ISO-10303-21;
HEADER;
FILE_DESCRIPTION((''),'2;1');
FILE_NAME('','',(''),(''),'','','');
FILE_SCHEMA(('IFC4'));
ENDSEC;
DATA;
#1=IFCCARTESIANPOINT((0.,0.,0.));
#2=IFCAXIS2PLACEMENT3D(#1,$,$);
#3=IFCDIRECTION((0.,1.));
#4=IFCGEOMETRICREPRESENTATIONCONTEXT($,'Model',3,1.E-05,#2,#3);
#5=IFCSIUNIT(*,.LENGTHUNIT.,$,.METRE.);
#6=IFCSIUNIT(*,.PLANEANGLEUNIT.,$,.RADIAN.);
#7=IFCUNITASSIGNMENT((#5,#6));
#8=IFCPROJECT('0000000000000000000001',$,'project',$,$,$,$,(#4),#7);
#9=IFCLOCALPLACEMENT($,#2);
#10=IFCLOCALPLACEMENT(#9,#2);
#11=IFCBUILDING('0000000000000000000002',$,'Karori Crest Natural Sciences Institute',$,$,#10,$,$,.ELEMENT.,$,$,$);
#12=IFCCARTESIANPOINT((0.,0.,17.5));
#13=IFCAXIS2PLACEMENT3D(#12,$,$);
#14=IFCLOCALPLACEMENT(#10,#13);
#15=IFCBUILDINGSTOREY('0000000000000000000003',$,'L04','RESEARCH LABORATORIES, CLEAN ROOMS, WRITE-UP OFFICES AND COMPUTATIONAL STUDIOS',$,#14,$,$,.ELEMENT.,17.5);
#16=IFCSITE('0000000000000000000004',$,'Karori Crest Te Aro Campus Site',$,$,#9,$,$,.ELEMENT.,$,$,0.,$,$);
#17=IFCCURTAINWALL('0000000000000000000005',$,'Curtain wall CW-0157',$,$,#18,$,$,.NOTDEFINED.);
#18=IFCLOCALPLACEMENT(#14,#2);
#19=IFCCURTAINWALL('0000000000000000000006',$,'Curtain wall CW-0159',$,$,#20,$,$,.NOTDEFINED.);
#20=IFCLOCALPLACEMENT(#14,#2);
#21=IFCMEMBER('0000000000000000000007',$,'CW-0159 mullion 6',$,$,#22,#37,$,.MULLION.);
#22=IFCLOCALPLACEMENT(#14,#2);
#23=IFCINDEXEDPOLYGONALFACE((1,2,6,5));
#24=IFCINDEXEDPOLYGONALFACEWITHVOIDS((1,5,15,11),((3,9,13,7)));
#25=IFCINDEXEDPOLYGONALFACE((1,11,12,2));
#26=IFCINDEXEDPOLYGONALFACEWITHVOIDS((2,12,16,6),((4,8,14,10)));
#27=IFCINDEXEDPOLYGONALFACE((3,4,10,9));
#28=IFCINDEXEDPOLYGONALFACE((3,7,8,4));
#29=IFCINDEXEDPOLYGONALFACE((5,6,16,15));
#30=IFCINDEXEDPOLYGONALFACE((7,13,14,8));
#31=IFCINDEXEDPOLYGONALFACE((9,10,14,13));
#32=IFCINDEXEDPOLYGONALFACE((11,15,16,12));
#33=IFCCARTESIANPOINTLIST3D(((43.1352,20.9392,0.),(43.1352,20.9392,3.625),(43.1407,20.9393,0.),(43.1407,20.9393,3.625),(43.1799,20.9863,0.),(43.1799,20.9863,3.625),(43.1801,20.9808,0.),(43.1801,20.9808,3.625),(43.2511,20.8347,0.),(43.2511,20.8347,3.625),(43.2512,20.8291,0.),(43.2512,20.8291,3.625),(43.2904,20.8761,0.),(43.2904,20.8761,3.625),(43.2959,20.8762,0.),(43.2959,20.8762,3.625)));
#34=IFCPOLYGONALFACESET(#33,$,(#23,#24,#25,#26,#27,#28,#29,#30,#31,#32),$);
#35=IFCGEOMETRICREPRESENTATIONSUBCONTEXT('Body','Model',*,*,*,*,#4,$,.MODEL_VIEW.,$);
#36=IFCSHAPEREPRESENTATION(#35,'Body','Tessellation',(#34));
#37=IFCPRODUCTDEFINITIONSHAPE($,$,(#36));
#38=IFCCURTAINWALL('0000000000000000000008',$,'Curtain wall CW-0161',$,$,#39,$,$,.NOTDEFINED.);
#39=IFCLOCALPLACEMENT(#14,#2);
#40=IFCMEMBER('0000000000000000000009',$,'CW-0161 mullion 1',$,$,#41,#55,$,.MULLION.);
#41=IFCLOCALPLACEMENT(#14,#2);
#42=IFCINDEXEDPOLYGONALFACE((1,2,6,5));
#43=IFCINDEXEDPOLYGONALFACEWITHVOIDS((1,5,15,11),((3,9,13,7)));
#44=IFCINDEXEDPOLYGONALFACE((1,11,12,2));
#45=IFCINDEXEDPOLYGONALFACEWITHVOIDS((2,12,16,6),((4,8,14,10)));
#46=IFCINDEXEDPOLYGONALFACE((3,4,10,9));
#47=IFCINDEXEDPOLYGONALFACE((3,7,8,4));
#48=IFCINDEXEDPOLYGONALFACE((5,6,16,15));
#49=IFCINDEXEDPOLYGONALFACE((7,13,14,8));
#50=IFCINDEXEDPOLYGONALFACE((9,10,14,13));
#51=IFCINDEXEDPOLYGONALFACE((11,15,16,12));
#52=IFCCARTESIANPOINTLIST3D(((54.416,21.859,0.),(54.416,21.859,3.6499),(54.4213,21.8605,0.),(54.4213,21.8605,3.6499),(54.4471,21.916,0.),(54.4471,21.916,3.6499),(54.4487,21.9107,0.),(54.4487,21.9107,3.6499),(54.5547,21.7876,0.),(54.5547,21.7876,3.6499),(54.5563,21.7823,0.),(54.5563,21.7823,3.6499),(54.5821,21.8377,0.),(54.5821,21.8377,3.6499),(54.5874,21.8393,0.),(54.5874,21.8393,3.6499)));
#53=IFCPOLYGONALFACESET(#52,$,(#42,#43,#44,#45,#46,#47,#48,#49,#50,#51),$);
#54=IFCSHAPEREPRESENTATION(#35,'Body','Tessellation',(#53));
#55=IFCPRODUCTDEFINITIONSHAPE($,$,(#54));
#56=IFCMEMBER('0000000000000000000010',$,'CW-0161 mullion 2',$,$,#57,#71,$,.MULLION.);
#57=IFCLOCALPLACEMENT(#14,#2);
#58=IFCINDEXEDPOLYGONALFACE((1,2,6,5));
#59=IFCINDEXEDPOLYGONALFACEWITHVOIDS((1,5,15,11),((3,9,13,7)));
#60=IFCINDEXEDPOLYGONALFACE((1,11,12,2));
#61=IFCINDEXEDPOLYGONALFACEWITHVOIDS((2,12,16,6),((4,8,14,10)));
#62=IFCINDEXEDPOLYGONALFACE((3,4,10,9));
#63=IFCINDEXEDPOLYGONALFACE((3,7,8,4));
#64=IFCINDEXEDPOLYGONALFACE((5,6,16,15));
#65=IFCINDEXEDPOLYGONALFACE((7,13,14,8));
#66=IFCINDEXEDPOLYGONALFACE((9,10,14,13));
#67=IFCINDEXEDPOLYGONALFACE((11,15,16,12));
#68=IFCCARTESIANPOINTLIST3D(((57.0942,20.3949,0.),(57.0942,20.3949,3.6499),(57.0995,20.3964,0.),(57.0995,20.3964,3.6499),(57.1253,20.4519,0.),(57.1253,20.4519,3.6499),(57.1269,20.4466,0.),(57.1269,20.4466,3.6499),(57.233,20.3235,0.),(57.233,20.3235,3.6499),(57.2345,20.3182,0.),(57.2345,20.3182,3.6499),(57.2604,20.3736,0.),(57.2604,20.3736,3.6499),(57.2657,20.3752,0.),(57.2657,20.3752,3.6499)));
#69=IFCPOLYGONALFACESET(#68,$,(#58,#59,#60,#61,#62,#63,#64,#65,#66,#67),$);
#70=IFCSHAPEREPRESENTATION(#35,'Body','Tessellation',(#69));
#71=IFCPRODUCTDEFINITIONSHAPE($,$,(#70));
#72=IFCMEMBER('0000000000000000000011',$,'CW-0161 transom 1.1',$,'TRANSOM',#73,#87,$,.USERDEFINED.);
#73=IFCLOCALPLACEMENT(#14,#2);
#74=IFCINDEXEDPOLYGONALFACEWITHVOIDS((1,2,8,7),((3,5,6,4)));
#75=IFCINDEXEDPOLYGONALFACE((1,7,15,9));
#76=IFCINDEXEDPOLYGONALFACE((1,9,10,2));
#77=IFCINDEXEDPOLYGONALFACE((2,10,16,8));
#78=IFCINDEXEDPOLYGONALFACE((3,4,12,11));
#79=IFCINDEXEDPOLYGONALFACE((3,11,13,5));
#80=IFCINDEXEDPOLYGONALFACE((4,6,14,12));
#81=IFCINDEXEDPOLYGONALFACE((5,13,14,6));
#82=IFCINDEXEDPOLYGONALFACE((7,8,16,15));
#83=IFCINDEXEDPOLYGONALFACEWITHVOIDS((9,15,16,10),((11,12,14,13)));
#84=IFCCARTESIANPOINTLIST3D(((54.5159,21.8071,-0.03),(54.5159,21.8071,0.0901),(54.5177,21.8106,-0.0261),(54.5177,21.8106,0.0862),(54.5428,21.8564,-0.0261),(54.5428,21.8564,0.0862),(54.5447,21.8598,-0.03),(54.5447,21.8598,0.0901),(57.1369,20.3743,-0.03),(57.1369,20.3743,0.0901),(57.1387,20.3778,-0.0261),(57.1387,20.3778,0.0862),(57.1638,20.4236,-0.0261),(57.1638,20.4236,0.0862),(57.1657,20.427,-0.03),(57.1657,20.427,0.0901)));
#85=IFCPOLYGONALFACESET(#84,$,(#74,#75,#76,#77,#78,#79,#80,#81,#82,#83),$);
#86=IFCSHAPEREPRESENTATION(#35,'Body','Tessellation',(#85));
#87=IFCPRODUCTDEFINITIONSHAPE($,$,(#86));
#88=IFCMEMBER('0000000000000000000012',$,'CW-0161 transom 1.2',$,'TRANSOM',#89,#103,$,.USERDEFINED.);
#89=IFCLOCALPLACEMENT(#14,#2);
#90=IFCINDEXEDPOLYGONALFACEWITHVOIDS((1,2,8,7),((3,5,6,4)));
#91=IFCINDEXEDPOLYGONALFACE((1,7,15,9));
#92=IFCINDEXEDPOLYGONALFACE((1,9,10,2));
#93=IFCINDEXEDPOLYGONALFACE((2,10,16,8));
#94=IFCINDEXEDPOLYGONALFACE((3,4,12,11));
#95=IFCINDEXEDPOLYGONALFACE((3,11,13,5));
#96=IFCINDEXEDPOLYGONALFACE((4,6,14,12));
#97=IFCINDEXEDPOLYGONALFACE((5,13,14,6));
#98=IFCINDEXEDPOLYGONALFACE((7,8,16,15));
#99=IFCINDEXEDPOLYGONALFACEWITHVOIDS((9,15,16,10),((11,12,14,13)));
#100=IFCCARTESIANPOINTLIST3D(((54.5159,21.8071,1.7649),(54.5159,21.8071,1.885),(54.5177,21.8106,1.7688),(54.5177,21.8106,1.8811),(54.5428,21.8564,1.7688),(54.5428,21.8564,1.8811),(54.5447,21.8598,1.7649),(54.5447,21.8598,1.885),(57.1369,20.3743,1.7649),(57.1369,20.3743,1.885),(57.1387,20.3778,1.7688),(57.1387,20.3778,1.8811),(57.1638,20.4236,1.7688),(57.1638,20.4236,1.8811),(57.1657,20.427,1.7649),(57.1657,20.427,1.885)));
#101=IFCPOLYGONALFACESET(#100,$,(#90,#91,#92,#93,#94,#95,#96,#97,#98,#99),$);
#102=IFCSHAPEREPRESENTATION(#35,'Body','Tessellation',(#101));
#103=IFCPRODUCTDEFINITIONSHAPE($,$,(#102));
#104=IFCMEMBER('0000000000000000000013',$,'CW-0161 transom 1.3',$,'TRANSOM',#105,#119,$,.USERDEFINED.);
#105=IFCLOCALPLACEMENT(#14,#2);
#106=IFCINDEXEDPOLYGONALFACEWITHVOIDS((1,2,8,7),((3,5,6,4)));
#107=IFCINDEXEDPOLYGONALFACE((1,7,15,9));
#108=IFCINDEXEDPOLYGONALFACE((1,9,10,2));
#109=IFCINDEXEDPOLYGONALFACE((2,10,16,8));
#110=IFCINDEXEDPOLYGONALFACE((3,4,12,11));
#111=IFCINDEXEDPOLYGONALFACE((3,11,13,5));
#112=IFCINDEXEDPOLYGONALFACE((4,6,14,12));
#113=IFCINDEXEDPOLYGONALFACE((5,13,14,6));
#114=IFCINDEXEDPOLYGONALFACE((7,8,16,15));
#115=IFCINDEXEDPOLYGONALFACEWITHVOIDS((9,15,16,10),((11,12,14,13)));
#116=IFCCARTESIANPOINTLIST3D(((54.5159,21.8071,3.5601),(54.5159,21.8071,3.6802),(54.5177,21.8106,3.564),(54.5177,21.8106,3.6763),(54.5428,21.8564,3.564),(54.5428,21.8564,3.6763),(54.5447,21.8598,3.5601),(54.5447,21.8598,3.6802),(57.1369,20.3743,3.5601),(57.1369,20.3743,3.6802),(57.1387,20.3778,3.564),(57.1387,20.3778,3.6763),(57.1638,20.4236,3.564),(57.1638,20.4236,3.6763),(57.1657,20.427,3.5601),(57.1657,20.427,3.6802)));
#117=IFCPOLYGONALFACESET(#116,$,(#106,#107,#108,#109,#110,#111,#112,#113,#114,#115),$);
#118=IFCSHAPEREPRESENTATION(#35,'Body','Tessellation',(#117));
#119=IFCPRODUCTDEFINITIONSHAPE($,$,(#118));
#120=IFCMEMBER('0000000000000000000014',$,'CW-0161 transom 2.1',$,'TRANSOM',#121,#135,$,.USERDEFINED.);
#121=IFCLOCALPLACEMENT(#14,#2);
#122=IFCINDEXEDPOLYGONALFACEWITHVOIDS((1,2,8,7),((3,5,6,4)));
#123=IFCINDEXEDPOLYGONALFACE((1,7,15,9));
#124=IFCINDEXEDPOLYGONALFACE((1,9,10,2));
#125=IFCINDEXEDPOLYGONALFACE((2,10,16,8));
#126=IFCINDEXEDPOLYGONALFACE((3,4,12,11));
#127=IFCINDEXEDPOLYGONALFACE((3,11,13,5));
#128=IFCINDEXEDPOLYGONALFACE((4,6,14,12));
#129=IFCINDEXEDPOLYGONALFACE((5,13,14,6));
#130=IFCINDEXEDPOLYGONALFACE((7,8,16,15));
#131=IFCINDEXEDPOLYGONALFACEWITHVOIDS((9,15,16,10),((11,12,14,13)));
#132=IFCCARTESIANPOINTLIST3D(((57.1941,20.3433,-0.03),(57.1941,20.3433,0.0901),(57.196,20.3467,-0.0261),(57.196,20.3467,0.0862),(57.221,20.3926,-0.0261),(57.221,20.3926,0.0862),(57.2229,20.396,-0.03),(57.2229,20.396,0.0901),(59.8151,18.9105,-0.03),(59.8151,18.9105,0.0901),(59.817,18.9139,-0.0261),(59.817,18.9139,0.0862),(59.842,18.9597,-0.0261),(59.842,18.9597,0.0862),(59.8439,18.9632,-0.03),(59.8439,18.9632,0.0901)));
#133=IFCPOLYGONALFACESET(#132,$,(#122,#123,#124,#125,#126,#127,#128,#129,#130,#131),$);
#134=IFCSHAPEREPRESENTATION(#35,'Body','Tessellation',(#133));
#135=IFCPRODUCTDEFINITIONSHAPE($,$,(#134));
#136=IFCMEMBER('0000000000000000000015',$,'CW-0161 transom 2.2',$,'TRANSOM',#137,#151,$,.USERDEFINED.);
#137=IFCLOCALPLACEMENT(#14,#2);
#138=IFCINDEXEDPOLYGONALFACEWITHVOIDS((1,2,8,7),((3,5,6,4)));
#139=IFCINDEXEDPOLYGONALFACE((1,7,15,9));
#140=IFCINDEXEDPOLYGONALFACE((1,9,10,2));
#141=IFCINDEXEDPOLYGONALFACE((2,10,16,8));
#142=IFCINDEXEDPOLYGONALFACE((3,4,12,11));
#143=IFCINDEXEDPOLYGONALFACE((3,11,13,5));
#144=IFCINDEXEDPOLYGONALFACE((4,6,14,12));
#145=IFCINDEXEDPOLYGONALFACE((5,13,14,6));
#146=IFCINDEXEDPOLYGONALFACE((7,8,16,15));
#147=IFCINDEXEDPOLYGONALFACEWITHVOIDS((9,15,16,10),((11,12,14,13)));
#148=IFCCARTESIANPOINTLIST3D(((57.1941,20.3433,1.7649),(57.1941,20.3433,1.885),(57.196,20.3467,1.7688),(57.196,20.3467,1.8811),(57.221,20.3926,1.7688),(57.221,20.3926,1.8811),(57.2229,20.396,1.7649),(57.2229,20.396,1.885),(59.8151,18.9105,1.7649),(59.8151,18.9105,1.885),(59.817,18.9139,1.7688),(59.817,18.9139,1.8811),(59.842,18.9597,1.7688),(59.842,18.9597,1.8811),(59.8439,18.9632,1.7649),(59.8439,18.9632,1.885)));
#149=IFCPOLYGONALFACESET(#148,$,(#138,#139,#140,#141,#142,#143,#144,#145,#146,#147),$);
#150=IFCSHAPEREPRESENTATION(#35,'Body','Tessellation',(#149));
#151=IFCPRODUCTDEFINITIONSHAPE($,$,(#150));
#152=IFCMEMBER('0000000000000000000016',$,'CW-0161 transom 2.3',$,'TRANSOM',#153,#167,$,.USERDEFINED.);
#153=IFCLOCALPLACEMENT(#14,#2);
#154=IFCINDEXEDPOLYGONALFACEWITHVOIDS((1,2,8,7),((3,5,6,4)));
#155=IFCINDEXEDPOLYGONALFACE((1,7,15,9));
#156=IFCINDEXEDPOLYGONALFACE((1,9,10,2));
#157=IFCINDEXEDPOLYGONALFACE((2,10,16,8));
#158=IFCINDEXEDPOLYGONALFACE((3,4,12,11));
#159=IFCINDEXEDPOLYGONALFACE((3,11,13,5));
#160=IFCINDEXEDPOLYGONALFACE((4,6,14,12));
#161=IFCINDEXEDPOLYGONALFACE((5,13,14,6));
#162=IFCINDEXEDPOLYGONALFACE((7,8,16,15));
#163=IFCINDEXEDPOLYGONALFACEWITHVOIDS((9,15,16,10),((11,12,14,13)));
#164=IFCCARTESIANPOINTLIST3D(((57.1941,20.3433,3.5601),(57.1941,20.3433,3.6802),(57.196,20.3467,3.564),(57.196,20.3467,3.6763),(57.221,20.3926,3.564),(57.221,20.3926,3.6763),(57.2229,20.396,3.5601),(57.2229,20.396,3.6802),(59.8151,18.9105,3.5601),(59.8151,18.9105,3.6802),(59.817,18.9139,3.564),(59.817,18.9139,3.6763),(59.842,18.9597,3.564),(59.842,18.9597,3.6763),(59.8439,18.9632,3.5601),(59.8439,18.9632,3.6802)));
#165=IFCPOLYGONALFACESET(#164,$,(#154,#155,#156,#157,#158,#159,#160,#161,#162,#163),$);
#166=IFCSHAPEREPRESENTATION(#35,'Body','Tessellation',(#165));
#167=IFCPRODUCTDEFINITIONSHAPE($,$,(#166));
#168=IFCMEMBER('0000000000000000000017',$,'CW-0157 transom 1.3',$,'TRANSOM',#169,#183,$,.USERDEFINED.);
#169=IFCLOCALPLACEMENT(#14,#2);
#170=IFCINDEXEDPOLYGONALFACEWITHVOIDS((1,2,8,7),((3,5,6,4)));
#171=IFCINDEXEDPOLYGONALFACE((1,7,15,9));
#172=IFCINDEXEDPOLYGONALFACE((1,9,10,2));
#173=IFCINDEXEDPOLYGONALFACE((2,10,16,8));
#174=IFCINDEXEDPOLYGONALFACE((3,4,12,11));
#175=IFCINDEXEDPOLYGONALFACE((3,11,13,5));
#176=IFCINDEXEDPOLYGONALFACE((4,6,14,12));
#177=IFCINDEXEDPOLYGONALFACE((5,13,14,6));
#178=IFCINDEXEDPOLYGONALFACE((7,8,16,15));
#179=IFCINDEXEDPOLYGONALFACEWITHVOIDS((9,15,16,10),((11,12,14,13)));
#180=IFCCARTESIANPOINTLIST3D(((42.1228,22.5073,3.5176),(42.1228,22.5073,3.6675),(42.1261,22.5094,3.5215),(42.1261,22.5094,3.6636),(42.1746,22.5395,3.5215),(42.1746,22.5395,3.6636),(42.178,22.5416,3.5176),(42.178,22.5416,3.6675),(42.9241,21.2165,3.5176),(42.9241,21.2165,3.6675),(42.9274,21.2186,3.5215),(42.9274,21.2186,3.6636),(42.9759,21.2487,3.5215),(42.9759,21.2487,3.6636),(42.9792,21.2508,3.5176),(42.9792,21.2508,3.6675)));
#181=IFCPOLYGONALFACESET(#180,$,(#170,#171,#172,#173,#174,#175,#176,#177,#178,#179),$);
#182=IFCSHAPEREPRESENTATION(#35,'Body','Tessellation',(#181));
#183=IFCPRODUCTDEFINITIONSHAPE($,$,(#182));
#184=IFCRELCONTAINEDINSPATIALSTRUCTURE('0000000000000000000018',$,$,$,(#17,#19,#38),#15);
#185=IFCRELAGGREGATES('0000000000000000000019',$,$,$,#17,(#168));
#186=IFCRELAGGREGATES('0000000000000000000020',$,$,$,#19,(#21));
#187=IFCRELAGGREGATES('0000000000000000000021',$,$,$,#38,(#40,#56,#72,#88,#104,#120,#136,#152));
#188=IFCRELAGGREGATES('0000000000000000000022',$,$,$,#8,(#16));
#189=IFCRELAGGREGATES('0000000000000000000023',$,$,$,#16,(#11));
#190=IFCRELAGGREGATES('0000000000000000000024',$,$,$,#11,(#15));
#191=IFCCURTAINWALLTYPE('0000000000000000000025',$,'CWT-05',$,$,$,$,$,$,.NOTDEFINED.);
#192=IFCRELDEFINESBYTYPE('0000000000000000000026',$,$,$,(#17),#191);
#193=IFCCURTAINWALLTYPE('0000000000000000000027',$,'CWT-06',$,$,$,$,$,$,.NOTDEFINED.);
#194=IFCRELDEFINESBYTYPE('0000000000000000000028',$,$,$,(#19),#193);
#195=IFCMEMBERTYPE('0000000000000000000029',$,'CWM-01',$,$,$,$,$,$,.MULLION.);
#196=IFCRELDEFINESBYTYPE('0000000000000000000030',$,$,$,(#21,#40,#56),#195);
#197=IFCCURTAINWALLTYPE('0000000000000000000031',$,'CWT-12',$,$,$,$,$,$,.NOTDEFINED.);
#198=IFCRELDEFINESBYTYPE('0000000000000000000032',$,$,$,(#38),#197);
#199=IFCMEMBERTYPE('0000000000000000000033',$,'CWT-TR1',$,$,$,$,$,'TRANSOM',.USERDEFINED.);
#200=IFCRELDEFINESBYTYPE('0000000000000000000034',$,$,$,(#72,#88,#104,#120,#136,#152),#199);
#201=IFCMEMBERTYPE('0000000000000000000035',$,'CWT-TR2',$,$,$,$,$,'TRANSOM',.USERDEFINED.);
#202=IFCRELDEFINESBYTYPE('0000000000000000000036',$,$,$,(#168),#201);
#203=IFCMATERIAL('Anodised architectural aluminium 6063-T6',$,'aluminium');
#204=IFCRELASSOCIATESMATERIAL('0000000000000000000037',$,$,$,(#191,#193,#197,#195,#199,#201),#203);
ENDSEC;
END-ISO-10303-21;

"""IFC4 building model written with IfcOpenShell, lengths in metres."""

from ifc_helpers import new_model, si_unit, direction, frame, origin, origin_2d, place, context, subcontext, project, spatial, hollow_rectangle, extrude, material, material_profile, profile_set, type_object, element, aggregate, save


model = new_model("IFC4")

# Units and contexts
model_context = context("Model", 3, precision=1e-05, world=origin(), true_north=direction((0.0, 1.0)))
body_context = subcontext(model_context, "Body", "Model", "MODEL_VIEW")
ifc_project = project(units=[si_unit("LENGTHUNIT", "METRE"), si_unit("PLANEANGLEUNIT", "RADIAN")], contexts=[model_context])

# Site, building, storey
site_placement = place(None, origin())
site = spatial("IfcSite", under=ifc_project, at=site_placement, Name="Karori Crest Te Aro Campus Site", CompositionType="ELEMENT", RefElevation=0.0)
building_placement = place(site_placement, origin())
building = spatial("IfcBuilding", under=site, at=building_placement, Name="Karori Crest Natural Sciences Institute", CompositionType="ELEMENT")
storey_placement = place(building_placement, frame((0.0, 0.0, 17.5)))
storey = spatial("IfcBuildingStorey", under=building, at=storey_placement, Name="L04", Description="RESEARCH LABORATORIES, CLEAN ROOMS, WRITE-UP OFFICES AND COMPUTATIONAL STUDIOS", CompositionType="ELEMENT", Elevation=17.5)

# Curtain walls, member
ifc_material_1 = material(Name="Anodised architectural aluminium 6063-T6", Category="aluminium")
curtain_wall_type_1 = type_object("IfcCurtainWallType", Name="CWT-05", PredefinedType="NOTDEFINED", material=ifc_material_1)
curtain_wall_1_placement = place(storey_placement, origin())
curtain_wall_1 = element("IfcCurtainWall", 1, at=curtain_wall_1_placement, inside=storey, type_object=curtain_wall_type_1, Name="Curtain wall CW-0157", PredefinedType="NOTDEFINED")
ifc_material_profile_1 = material_profile(ifc_material_1, hollow_rectangle(XDim=0.0649, YDim=0.1599, WallThickness=0.0039, at=origin_2d()), Name="CWM160x65x4")
ifc_profile_set_1 = profile_set([ifc_material_profile_1], Name="Anodised architectural aluminium 6063-T6")
member_type_1 = type_object("IfcMemberType", Name="CWM-01", PredefinedType="MULLION", material=ifc_profile_set_1)
curtain_wall_type_2 = type_object("IfcCurtainWallType", Name="CWT-06", PredefinedType="NOTDEFINED", material=ifc_material_1)
curtain_wall_2_placement = place(storey_placement, origin())
curtain_wall_2 = element("IfcCurtainWall", 2, at=curtain_wall_2_placement, inside=storey, type_object=curtain_wall_type_2, Name="Curtain wall CW-0159", PredefinedType="NOTDEFINED")
member_1_placement = place(storey_placement, frame((43.2156, 20.9077, 0.0), z_axis=(0.0, 0.0, 1.0), x_axis=(-0.688252, -0.725471, 0.0)))
member_1 = element("IfcMember", 3, at=member_1_placement, type_object=member_type_1, Name="CW-0159 mullion 6", PredefinedType="MULLION", context=body_context, shape_type="SweptSolid", body=[
    extrude(hollow_rectangle(XDim=0.0649, YDim=0.1599, WallThickness=0.0039, at=origin_2d()), origin(), (0.0, 0.0, 1.0), 3.625),
])

# Curtain wall, members
curtain_wall_type_3 = type_object("IfcCurtainWallType", Name="CWT-12", PredefinedType="NOTDEFINED", material=ifc_material_1)
curtain_wall_3_placement = place(storey_placement, origin())
curtain_wall_3 = element("IfcCurtainWall", 4, at=curtain_wall_3_placement, inside=storey, type_object=curtain_wall_type_3, Name="Curtain wall CW-0161", PredefinedType="NOTDEFINED")
member_2_placement = place(storey_placement, frame((54.5017, 21.8491, 0.0), z_axis=(0.0, 0.0, 1.0), x_axis=(0.479631, 0.87747, 0.0)))
member_2 = element("IfcMember", 5, at=member_2_placement, type_object=member_type_1, Name="CW-0161 mullion 1", PredefinedType="MULLION", context=body_context, shape_type="SweptSolid", body=[
    extrude(hollow_rectangle(XDim=0.0649, YDim=0.1599, WallThickness=0.0039, at=origin_2d()), origin(), (0.0, 0.0, 1.0), 3.6499),
])
member_3_placement = place(storey_placement, frame((57.1799, 20.385, 0.0), z_axis=(0.0, 0.0, 1.0), x_axis=(0.479631, 0.87747, 0.0)))
member_3 = element("IfcMember", 6, at=member_3_placement, type_object=member_type_1, Name="CW-0161 mullion 2", PredefinedType="MULLION", context=body_context, shape_type="SweptSolid", body=[
    extrude(hollow_rectangle(XDim=0.0649, YDim=0.1599, WallThickness=0.0039, at=origin_2d()), origin(), (0.0, 0.0, 1.0), 3.6499),
])
ifc_material_profile_2 = material_profile(ifc_material_1, hollow_rectangle(XDim=0.0601, YDim=0.1201, WallThickness=0.0039, at=origin_2d()), Name="CWT120x60x4")
ifc_profile_set_2 = profile_set([ifc_material_profile_2], Name="Anodised architectural aluminium 6063-T6")
member_type_2 = type_object("IfcMemberType", Name="CWT-TR1", ElementType="TRANSOM", PredefinedType="USERDEFINED", material=ifc_profile_set_2)
member_4_placement = place(storey_placement, frame((54.5303, 21.8335, 0.03), z_axis=(0.877449, -0.479671, 0.0), x_axis=(0.479671, 0.877449, 0.0)))
member_4 = element("IfcMember", 7, at=member_4_placement, type_object=member_type_2, Name="CW-0161 transom 1.1", ObjectType="TRANSOM", PredefinedType="USERDEFINED", context=body_context, shape_type="SweptSolid", body=[
    extrude(hollow_rectangle(XDim=0.0601, YDim=0.1201, WallThickness=0.0039, at=origin_2d()), origin(), (0.0, 0.0, 1.0), 2.9871),
])
member_5_placement = place(storey_placement, frame((54.5303, 21.8335, 1.825), z_axis=(0.877449, -0.479671, 0.0), x_axis=(0.479671, 0.877449, 0.0)))
member_5 = element("IfcMember", 8, at=member_5_placement, type_object=member_type_2, Name="CW-0161 transom 1.2", ObjectType="TRANSOM", PredefinedType="USERDEFINED", context=body_context, shape_type="SweptSolid", body=[
    extrude(hollow_rectangle(XDim=0.0601, YDim=0.1201, WallThickness=0.0039, at=origin_2d()), origin(), (0.0, 0.0, 1.0), 2.9871),
])
member_6_placement = place(storey_placement, frame((54.5303, 21.8335, 3.6201), z_axis=(0.877449, -0.479671, 0.0), x_axis=(0.479671, 0.877449, 0.0)))
member_6 = element("IfcMember", 9, at=member_6_placement, type_object=member_type_2, Name="CW-0161 transom 1.3", ObjectType="TRANSOM", PredefinedType="USERDEFINED", context=body_context, shape_type="SweptSolid", body=[
    extrude(hollow_rectangle(XDim=0.0601, YDim=0.1201, WallThickness=0.0039, at=origin_2d()), origin(), (0.0, 0.0, 1.0), 2.9871),
])
member_7_placement = place(storey_placement, frame((57.2085, 20.3696, 0.03), z_axis=(0.877449, -0.479671, 0.0), x_axis=(0.479671, 0.877449, 0.0)))
member_7 = element("IfcMember", 10, at=member_7_placement, type_object=member_type_2, Name="CW-0161 transom 2.1", ObjectType="TRANSOM", PredefinedType="USERDEFINED", context=body_context, shape_type="SweptSolid", body=[
    extrude(hollow_rectangle(XDim=0.0601, YDim=0.1201, WallThickness=0.0039, at=origin_2d()), origin(), (0.0, 0.0, 1.0), 2.9871),
])
member_8_placement = place(storey_placement, frame((57.2085, 20.3696, 1.825), z_axis=(0.877449, -0.479671, 0.0), x_axis=(0.479671, 0.877449, 0.0)))
member_8 = element("IfcMember", 11, at=member_8_placement, type_object=member_type_2, Name="CW-0161 transom 2.2", ObjectType="TRANSOM", PredefinedType="USERDEFINED", context=body_context, shape_type="SweptSolid", body=[
    extrude(hollow_rectangle(XDim=0.0601, YDim=0.1201, WallThickness=0.0039, at=origin_2d()), origin(), (0.0, 0.0, 1.0), 2.9871),
])
member_9_placement = place(storey_placement, frame((57.2085, 20.3696, 3.6201), z_axis=(0.877449, -0.479671, 0.0), x_axis=(0.479671, 0.877449, 0.0)))
member_9 = element("IfcMember", 12, at=member_9_placement, type_object=member_type_2, Name="CW-0161 transom 2.3", ObjectType="TRANSOM", PredefinedType="USERDEFINED", context=body_context, shape_type="SweptSolid", body=[
    extrude(hollow_rectangle(XDim=0.0601, YDim=0.1201, WallThickness=0.0039, at=origin_2d()), origin(), (0.0, 0.0, 1.0), 2.9871),
])

# Member
ifc_material_profile_3 = material_profile(ifc_material_1, hollow_rectangle(XDim=0.0649, YDim=0.1499, WallThickness=0.0039, at=origin_2d()), Name="CWT150x65x4")
ifc_profile_set_3 = profile_set([ifc_material_profile_3], Name="Anodised architectural aluminium 6063-T6")
member_type_3 = type_object("IfcMemberType", Name="CWT-TR2", ElementType="TRANSOM", PredefinedType="USERDEFINED", material=ifc_profile_set_3)
member_10_placement = place(storey_placement, frame((42.9517, 21.2336, 3.5925), z_axis=(-0.527411, 0.84961, 0.0), x_axis=(-0.84961, -0.527411, 0.0)))
member_10 = element("IfcMember", 13, at=member_10_placement, type_object=member_type_3, Name="CW-0157 transom 1.3", ObjectType="TRANSOM", PredefinedType="USERDEFINED", context=body_context, shape_type="SweptSolid", body=[
    extrude(hollow_rectangle(XDim=0.0649, YDim=0.1499, WallThickness=0.0039, at=origin_2d()), origin(), (0.0, 0.0, 1.0), 1.5193),
])
aggregate(curtain_wall_1, [member_10])

aggregate(curtain_wall_2, [member_1])
aggregate(curtain_wall_3, [member_2, member_3, member_4, member_5, member_6, member_7, member_8, member_9])

save(model, "model.ifc")
